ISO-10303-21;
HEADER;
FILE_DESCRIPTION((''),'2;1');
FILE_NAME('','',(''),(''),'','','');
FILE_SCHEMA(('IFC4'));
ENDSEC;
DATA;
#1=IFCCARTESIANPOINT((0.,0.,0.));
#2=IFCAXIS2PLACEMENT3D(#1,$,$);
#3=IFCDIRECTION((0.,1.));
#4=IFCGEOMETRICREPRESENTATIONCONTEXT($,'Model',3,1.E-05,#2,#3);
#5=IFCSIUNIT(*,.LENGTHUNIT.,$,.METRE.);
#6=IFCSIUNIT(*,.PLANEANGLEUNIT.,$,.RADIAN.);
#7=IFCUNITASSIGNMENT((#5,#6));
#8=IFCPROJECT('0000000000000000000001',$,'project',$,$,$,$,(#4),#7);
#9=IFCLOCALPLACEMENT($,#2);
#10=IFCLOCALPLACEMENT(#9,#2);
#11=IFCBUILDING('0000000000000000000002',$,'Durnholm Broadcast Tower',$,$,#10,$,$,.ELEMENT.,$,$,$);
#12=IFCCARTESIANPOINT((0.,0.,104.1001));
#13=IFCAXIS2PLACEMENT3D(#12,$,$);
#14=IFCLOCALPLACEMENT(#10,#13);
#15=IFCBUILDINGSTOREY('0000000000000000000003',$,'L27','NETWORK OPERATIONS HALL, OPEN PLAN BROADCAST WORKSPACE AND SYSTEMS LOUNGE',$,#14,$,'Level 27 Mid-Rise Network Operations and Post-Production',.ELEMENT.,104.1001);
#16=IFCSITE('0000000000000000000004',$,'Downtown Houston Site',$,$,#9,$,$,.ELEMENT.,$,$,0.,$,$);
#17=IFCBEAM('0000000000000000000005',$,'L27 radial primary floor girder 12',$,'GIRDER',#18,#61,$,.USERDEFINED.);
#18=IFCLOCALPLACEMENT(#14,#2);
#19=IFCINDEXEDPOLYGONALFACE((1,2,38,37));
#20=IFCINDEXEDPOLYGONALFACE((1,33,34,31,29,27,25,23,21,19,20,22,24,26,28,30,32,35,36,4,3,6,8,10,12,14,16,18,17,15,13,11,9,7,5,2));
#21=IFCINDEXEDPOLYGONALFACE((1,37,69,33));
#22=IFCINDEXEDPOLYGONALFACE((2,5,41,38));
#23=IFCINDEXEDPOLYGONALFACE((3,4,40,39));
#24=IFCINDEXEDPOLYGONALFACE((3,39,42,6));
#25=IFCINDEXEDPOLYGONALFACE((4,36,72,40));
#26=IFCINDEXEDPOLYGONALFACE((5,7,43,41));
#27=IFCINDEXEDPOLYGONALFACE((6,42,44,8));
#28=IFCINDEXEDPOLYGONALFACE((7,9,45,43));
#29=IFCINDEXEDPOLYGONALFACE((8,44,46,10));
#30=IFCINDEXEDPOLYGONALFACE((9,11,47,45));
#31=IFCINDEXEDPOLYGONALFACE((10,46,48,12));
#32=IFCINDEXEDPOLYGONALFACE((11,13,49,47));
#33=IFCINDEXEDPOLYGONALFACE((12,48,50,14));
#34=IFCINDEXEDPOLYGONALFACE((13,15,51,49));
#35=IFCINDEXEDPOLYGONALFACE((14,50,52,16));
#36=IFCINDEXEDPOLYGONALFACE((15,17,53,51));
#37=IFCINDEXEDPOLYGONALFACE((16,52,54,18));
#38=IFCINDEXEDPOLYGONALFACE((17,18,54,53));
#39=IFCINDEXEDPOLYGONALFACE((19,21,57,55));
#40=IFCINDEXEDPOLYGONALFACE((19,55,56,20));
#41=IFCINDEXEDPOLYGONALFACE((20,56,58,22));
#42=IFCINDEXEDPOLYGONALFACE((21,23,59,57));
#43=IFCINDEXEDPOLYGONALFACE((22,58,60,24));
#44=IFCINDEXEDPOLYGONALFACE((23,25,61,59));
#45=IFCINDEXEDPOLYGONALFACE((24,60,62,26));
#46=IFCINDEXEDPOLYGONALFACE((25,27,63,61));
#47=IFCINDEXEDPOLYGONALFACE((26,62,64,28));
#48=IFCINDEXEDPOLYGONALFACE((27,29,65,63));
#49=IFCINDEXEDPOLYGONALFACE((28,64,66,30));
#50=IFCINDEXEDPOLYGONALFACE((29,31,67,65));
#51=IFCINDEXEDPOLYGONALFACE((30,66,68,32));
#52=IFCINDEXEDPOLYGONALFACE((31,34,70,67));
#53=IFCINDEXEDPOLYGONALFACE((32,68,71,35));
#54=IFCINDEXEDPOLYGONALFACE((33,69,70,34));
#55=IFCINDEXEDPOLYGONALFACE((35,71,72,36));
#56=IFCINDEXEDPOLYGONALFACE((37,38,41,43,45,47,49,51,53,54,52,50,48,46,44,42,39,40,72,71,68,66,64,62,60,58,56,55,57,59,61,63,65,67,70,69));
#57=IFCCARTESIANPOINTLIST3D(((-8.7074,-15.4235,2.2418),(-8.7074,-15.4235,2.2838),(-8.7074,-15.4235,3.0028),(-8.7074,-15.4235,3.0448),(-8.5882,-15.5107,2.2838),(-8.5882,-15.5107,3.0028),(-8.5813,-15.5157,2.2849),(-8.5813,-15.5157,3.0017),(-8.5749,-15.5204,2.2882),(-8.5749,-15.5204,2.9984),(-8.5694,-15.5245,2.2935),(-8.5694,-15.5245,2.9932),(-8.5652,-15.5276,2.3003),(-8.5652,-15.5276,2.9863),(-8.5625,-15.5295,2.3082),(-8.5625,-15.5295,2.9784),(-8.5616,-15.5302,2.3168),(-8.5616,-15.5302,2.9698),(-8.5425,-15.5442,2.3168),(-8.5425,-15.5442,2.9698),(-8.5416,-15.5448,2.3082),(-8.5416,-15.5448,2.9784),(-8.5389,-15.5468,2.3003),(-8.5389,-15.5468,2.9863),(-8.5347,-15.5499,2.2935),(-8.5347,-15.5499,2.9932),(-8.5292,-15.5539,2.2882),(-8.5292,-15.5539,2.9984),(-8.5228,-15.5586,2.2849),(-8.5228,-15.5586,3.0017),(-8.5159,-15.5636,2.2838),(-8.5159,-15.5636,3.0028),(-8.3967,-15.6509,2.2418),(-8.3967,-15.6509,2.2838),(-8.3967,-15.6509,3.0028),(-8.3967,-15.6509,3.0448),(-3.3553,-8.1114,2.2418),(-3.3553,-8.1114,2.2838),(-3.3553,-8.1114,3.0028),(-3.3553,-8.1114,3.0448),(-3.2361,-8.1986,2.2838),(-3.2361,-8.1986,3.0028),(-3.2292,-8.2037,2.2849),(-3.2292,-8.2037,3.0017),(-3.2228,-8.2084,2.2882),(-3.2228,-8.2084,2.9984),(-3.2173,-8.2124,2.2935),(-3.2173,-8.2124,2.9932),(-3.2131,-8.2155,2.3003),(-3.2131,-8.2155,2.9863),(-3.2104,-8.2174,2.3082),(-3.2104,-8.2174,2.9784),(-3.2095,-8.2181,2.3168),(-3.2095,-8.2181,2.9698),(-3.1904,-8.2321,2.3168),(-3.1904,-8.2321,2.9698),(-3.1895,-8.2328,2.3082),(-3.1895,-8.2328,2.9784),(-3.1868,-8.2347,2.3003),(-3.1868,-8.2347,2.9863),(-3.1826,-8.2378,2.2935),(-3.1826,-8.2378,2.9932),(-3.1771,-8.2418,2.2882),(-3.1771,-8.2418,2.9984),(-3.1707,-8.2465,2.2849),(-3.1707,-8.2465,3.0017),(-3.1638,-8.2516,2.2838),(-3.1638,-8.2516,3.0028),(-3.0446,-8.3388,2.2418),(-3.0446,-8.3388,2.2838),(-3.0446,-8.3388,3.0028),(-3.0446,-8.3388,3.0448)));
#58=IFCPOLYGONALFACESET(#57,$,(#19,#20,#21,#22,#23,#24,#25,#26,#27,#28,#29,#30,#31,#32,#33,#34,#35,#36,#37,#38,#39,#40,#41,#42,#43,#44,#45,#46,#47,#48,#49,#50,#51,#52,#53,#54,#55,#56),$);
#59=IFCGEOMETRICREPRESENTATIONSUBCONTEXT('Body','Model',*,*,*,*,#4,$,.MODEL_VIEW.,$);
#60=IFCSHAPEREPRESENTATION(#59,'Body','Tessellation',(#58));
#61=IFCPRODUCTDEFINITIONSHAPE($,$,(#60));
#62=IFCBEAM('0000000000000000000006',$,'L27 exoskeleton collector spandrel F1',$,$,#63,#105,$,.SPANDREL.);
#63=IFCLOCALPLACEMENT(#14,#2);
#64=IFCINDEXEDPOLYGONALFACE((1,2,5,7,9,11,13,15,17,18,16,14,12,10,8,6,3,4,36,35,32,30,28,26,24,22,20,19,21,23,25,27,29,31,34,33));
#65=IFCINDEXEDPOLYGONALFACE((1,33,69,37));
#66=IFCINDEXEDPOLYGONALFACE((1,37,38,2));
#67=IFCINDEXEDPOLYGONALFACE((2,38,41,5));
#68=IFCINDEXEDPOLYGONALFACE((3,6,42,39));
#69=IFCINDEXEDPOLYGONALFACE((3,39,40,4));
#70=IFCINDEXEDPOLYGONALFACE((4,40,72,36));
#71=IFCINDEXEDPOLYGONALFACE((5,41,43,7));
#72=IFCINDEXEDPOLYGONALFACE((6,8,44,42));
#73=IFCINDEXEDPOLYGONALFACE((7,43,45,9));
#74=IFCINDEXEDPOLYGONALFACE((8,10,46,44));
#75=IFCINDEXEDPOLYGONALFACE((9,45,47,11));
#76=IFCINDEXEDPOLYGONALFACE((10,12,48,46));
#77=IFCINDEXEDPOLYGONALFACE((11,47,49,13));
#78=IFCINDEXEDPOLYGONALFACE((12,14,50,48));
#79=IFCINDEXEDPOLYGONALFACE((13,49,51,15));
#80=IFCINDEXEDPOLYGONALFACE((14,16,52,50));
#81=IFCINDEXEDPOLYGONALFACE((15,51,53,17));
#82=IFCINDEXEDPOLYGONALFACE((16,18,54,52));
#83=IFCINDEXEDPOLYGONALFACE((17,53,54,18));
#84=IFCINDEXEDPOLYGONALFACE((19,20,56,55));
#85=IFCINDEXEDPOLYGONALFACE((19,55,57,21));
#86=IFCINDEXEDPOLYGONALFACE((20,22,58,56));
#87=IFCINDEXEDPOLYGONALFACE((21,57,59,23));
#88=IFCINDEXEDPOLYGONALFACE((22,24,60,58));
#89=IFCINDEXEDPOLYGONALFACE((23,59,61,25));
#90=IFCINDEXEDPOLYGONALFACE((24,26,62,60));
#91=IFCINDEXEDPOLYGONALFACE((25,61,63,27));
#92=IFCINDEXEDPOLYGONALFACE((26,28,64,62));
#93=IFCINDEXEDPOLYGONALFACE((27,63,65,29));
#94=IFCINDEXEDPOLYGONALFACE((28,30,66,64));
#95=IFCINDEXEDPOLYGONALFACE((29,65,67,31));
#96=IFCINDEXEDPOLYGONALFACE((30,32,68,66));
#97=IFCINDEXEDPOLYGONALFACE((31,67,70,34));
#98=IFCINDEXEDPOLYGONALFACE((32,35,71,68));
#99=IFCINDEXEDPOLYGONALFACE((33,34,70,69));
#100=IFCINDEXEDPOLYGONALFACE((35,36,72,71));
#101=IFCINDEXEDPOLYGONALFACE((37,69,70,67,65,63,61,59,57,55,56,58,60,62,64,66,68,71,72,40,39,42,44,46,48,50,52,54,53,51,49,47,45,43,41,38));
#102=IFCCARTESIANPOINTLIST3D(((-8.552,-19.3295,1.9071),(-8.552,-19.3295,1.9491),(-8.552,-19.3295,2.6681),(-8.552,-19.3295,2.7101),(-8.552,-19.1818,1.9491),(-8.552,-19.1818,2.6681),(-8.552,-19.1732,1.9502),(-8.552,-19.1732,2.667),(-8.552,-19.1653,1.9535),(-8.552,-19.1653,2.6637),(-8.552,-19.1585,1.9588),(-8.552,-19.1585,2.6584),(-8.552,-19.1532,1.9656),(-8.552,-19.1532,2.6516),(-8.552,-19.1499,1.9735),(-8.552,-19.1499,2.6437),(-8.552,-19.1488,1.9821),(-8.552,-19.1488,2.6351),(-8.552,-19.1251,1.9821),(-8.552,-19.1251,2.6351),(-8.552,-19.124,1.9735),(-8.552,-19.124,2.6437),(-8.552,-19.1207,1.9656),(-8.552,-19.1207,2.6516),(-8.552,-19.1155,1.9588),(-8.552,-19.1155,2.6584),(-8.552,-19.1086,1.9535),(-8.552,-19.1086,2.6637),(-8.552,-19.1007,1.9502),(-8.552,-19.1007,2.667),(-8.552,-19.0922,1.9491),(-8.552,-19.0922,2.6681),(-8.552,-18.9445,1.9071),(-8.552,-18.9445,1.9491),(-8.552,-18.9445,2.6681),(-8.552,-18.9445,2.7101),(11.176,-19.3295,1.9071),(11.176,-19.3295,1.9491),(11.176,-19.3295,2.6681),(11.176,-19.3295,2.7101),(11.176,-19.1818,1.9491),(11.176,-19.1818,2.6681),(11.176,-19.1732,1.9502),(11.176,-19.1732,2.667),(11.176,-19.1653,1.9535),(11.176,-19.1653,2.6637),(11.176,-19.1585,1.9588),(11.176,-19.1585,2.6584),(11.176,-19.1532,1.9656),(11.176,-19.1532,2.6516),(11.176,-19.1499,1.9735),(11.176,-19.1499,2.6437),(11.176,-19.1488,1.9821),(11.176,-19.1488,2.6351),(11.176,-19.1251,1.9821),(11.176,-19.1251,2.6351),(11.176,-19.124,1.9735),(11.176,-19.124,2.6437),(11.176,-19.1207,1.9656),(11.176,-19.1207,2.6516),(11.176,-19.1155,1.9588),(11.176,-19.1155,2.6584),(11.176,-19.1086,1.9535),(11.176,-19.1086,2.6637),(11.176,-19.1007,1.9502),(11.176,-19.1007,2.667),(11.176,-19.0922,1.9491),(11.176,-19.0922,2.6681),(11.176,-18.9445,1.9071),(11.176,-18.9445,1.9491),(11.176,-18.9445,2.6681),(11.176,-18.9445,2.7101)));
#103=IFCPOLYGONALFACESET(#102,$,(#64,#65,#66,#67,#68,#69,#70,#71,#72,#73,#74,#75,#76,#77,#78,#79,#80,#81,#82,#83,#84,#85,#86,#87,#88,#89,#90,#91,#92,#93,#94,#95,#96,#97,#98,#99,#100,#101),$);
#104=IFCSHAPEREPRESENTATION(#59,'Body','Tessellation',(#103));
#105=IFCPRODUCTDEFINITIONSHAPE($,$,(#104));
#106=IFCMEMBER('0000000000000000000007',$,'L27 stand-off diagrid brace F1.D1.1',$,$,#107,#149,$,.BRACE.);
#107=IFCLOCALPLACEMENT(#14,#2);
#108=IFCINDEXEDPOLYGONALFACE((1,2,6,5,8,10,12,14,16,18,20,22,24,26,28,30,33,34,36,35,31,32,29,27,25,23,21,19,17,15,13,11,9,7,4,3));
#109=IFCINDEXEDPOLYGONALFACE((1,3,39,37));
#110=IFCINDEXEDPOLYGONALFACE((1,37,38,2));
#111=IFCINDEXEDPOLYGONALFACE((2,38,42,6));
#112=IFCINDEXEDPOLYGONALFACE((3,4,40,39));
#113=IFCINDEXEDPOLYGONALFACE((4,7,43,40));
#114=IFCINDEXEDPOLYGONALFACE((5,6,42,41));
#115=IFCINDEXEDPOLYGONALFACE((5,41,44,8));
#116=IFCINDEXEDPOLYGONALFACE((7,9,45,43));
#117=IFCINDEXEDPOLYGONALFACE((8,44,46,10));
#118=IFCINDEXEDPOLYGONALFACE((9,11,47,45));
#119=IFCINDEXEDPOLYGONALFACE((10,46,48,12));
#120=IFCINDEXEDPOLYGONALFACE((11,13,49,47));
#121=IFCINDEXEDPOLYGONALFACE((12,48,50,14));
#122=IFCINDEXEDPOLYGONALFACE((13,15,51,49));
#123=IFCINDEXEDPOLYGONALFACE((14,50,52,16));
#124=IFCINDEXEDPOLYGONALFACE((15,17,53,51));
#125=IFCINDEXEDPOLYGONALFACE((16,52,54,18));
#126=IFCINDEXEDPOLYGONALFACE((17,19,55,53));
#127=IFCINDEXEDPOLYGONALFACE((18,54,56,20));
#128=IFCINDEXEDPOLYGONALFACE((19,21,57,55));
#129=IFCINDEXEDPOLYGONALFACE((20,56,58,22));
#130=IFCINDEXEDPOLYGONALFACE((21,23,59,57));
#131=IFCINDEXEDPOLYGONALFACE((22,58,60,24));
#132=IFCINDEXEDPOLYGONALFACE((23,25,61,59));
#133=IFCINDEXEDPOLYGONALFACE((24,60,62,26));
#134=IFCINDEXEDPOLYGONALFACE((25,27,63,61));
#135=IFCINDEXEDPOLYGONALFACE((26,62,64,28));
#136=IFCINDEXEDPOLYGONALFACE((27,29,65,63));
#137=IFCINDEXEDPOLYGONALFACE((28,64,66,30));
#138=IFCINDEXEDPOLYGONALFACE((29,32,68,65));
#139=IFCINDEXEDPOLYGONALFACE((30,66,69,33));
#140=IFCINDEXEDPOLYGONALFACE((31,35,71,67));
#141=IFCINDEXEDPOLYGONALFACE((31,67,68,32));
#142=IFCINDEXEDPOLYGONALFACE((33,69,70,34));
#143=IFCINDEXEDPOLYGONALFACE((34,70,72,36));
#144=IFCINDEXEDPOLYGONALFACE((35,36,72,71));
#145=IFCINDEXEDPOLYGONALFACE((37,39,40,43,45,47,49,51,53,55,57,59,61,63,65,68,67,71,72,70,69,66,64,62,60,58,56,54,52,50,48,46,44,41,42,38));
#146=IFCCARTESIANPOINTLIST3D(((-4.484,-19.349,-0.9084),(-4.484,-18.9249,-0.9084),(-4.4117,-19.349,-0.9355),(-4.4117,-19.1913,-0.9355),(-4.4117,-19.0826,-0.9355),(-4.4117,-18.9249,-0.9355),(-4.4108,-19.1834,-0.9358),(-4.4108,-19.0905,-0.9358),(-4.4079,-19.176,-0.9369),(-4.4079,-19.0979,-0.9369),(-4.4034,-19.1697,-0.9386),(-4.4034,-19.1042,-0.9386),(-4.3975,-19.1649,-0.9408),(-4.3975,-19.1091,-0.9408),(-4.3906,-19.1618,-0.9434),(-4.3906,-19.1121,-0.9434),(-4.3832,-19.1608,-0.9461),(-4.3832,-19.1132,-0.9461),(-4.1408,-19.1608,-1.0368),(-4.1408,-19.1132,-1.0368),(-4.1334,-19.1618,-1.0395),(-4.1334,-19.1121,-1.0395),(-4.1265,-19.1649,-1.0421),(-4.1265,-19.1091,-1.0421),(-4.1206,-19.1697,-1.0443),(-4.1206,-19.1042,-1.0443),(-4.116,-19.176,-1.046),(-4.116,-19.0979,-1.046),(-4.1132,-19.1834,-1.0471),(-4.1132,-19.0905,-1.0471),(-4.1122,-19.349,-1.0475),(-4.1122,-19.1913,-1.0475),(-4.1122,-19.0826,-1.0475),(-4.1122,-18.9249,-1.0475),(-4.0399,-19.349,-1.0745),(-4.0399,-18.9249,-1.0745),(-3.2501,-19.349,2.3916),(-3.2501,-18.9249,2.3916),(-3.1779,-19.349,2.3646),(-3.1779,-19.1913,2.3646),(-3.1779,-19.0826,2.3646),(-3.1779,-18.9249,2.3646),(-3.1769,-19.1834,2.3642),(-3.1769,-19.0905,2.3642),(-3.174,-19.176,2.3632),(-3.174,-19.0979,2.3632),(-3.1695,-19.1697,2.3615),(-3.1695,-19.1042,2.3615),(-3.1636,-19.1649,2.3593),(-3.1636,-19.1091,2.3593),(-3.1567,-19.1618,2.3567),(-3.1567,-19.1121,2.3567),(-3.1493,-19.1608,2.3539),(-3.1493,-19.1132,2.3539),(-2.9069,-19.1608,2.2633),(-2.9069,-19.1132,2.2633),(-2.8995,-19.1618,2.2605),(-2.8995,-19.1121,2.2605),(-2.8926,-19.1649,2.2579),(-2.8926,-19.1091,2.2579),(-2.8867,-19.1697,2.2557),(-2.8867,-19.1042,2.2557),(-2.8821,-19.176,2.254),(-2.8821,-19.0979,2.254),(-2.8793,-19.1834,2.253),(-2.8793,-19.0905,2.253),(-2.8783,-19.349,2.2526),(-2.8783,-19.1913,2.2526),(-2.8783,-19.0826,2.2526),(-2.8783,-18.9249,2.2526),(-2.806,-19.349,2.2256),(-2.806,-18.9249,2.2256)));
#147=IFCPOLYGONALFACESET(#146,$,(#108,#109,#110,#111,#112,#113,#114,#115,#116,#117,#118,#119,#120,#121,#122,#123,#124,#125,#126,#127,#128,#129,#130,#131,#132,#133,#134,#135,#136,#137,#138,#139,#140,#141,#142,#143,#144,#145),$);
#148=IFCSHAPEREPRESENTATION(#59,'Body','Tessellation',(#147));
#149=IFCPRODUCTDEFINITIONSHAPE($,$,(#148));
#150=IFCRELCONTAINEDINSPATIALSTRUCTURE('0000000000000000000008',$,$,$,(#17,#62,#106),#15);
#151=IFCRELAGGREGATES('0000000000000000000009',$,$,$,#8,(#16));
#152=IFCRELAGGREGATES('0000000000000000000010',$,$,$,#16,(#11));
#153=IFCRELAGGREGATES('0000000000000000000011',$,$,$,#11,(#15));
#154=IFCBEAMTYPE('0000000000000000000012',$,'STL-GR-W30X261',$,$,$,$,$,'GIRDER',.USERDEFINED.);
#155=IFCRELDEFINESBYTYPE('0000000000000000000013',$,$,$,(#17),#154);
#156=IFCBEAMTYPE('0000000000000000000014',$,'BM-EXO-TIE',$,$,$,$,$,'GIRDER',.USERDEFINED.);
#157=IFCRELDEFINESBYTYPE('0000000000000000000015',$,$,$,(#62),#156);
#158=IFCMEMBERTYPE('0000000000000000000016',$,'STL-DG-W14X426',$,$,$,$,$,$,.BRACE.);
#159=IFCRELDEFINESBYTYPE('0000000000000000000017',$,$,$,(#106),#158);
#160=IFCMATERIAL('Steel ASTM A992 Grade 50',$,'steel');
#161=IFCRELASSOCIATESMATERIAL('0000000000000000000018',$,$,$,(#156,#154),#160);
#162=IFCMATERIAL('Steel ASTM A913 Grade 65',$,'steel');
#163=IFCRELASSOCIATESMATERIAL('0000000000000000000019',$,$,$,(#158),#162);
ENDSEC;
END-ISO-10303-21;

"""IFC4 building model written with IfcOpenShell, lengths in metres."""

from ifc_helpers import new_model, si_unit, direction, frame, origin, origin_2d, place, context, subcontext, project, spatial, i_section, extrude, source, transform, mapped, material, material_profile, profile_set, type_object, type_shapes, element, save


model = new_model("IFC4")

# Units and contexts
model_context = context("Model", 3, precision=1e-05, world=origin(), true_north=direction((0.0, 1.0)))
body_context = subcontext(model_context, "Body", "Model", "MODEL_VIEW")
ifc_project = project(units=[si_unit("LENGTHUNIT", "METRE"), si_unit("PLANEANGLEUNIT", "RADIAN")], contexts=[model_context])

# Site, building, storey
site_placement = place(None, origin())
site = spatial("IfcSite", under=ifc_project, at=site_placement, Name="Downtown Houston Site", CompositionType="ELEMENT", RefElevation=0.0)
building_placement = place(site_placement, origin())
building = spatial("IfcBuilding", under=site, at=building_placement, Name="Durnholm Broadcast Tower", CompositionType="ELEMENT")
storey_placement = place(building_placement, frame((0.0, 0.0, 104.1001)))
storey = spatial("IfcBuildingStorey", under=building, at=storey_placement, Name="L27", Description="NETWORK OPERATIONS HALL, OPEN PLAN BROADCAST WORKSPACE AND SYSTEMS LOUNGE", LongName="Level 27 Mid-Rise Network Operations and Post-Production", CompositionType="ELEMENT", Elevation=104.1001)

# Beams
ifc_material_1 = material(Name="Steel ASTM A992 Grade 50", Category="steel")
ifc_material_profile_1 = material_profile(ifc_material_1, i_section(OverallWidth=0.385, OverallDepth=0.803, WebThickness=0.0237, FlangeThickness=0.042, FilletRadius=0.033, at=origin_2d()), Name="W30X261")
ifc_profile_set_1 = profile_set([ifc_material_profile_1], Name="Steel ASTM A992 Grade 50")
beam_type_1 = type_object("IfcBeamType", Name="BM-EXO-TIE", ElementType="GIRDER", PredefinedType="USERDEFINED", material=ifc_profile_set_1)
ifc_material_profile_2 = material_profile(ifc_material_1, i_section(OverallWidth=0.385, OverallDepth=0.803, WebThickness=0.0237, FlangeThickness=0.042, FilletRadius=0.033, at=origin_2d()), Name="W30X261")
ifc_profile_set_2 = profile_set([ifc_material_profile_2], Name="Steel ASTM A992 Grade 50")
beam_type_2 = type_object("IfcBeamType", Name="STL-GR-W30X261", ElementType="GIRDER", PredefinedType="USERDEFINED", material=ifc_profile_set_2)
shared_shape_1 = source(origin(), body_context, "Body", "SweptSolid", [
    extrude(i_section(OverallWidth=0.385, OverallDepth=0.803, WebThickness=0.0237, FlangeThickness=0.042, FilletRadius=0.033, at=origin_2d()), origin(), (0.0, 0.0, 1.0), 9.0615),
])
beam_1_placement = place(storey_placement, frame((-3.2, -8.2251, 2.6433), z_axis=(-0.590639, -0.806936, 0.0), x_axis=(0.806936, -0.590639, 0.0)))
element("IfcBeam", 1, at=beam_1_placement, inside=storey, type_object=beam_type_2, Name="L27 radial primary floor girder 12", ObjectType="GIRDER", PredefinedType="USERDEFINED", context=body_context, shape_type="MappedRepresentation", body=[
    mapped(shared_shape_1, transform((0.0, 0.0, 0.0), x_axis=(1.0, 0.0, 0.0), y_axis=(0.0, 1.0, 0.0), z_axis=(0.0, 0.0, 1.0), scale=1.0)),
])
shared_shape_2 = source(origin(), body_context, "Body", "SweptSolid", [
    extrude(i_section(OverallWidth=0.385, OverallDepth=0.803, WebThickness=0.0237, FlangeThickness=0.042, FilletRadius=0.033, at=origin_2d()), origin(), (0.0, 0.0, 1.0), 19.728),
])
beam_2_placement = place(storey_placement, frame((-8.552, -19.137, 2.3086), z_axis=(1.0, 0.0, 0.0), x_axis=(0.0, 1.0, 0.0)))
element("IfcBeam", 2, at=beam_2_placement, inside=storey, type_object=beam_type_1, Name="L27 exoskeleton collector spandrel F1", PredefinedType="SPANDREL", context=body_context, shape_type="MappedRepresentation", body=[
    mapped(shared_shape_2, transform((0.0, 0.0, 0.0), x_axis=(1.0, 0.0, 0.0), y_axis=(0.0, 1.0, 0.0), z_axis=(0.0, 0.0, 1.0), scale=1.0)),
])

# Member
ifc_material_2 = material(Name="Steel ASTM A913 Grade 65", Category="steel")
ifc_material_profile_3 = material_profile(ifc_material_2, i_section(OverallWidth=0.4241, OverallDepth=0.4741, WebThickness=0.0476, FlangeThickness=0.0771, FilletRadius=0.0305, at=origin_2d()), Name="W14X426")
ifc_profile_set_3 = profile_set([ifc_material_profile_3], Name="Steel ASTM A913 Grade 65")
member_type_1 = type_object("IfcMemberType", Name="STL-DG-W14X426", PredefinedType="BRACE", material=ifc_profile_set_3)
shared_shape_3 = source(origin(), body_context, "Body", "SweptSolid", [
    extrude(i_section(OverallWidth=0.4241, OverallDepth=0.4741, WebThickness=0.0476, FlangeThickness=0.0771, FilletRadius=0.0305, at=origin_2d()), origin(), (0.0, 0.0, 1.0), 3.5232),
])
type_shapes(member_type_1, [shared_shape_3])
for number, where, z_axis, x_axis, name in (
    (3, (-4.262, -19.137, -0.9915), (0.35022, 0.0, 0.936668), (0.0, 1.0, 0.0), "L27 stand-off diagrid brace F1.D1.1"),
):
    element("IfcMember", number, at=place(storey_placement, frame(where, z_axis=z_axis, x_axis=x_axis)), inside=storey, type_object=member_type_1, Name=name, PredefinedType="BRACE", context=body_context, shape_type="MappedRepresentation", body=[
        mapped(shared_shape_3, transform((0.0, 0.0, 0.0), x_axis=(1.0, 0.0, 0.0), y_axis=(0.0, 1.0, 0.0), z_axis=(0.0, 0.0, 1.0), scale=1.0)),
    ])

save(model, "model.ifc")
